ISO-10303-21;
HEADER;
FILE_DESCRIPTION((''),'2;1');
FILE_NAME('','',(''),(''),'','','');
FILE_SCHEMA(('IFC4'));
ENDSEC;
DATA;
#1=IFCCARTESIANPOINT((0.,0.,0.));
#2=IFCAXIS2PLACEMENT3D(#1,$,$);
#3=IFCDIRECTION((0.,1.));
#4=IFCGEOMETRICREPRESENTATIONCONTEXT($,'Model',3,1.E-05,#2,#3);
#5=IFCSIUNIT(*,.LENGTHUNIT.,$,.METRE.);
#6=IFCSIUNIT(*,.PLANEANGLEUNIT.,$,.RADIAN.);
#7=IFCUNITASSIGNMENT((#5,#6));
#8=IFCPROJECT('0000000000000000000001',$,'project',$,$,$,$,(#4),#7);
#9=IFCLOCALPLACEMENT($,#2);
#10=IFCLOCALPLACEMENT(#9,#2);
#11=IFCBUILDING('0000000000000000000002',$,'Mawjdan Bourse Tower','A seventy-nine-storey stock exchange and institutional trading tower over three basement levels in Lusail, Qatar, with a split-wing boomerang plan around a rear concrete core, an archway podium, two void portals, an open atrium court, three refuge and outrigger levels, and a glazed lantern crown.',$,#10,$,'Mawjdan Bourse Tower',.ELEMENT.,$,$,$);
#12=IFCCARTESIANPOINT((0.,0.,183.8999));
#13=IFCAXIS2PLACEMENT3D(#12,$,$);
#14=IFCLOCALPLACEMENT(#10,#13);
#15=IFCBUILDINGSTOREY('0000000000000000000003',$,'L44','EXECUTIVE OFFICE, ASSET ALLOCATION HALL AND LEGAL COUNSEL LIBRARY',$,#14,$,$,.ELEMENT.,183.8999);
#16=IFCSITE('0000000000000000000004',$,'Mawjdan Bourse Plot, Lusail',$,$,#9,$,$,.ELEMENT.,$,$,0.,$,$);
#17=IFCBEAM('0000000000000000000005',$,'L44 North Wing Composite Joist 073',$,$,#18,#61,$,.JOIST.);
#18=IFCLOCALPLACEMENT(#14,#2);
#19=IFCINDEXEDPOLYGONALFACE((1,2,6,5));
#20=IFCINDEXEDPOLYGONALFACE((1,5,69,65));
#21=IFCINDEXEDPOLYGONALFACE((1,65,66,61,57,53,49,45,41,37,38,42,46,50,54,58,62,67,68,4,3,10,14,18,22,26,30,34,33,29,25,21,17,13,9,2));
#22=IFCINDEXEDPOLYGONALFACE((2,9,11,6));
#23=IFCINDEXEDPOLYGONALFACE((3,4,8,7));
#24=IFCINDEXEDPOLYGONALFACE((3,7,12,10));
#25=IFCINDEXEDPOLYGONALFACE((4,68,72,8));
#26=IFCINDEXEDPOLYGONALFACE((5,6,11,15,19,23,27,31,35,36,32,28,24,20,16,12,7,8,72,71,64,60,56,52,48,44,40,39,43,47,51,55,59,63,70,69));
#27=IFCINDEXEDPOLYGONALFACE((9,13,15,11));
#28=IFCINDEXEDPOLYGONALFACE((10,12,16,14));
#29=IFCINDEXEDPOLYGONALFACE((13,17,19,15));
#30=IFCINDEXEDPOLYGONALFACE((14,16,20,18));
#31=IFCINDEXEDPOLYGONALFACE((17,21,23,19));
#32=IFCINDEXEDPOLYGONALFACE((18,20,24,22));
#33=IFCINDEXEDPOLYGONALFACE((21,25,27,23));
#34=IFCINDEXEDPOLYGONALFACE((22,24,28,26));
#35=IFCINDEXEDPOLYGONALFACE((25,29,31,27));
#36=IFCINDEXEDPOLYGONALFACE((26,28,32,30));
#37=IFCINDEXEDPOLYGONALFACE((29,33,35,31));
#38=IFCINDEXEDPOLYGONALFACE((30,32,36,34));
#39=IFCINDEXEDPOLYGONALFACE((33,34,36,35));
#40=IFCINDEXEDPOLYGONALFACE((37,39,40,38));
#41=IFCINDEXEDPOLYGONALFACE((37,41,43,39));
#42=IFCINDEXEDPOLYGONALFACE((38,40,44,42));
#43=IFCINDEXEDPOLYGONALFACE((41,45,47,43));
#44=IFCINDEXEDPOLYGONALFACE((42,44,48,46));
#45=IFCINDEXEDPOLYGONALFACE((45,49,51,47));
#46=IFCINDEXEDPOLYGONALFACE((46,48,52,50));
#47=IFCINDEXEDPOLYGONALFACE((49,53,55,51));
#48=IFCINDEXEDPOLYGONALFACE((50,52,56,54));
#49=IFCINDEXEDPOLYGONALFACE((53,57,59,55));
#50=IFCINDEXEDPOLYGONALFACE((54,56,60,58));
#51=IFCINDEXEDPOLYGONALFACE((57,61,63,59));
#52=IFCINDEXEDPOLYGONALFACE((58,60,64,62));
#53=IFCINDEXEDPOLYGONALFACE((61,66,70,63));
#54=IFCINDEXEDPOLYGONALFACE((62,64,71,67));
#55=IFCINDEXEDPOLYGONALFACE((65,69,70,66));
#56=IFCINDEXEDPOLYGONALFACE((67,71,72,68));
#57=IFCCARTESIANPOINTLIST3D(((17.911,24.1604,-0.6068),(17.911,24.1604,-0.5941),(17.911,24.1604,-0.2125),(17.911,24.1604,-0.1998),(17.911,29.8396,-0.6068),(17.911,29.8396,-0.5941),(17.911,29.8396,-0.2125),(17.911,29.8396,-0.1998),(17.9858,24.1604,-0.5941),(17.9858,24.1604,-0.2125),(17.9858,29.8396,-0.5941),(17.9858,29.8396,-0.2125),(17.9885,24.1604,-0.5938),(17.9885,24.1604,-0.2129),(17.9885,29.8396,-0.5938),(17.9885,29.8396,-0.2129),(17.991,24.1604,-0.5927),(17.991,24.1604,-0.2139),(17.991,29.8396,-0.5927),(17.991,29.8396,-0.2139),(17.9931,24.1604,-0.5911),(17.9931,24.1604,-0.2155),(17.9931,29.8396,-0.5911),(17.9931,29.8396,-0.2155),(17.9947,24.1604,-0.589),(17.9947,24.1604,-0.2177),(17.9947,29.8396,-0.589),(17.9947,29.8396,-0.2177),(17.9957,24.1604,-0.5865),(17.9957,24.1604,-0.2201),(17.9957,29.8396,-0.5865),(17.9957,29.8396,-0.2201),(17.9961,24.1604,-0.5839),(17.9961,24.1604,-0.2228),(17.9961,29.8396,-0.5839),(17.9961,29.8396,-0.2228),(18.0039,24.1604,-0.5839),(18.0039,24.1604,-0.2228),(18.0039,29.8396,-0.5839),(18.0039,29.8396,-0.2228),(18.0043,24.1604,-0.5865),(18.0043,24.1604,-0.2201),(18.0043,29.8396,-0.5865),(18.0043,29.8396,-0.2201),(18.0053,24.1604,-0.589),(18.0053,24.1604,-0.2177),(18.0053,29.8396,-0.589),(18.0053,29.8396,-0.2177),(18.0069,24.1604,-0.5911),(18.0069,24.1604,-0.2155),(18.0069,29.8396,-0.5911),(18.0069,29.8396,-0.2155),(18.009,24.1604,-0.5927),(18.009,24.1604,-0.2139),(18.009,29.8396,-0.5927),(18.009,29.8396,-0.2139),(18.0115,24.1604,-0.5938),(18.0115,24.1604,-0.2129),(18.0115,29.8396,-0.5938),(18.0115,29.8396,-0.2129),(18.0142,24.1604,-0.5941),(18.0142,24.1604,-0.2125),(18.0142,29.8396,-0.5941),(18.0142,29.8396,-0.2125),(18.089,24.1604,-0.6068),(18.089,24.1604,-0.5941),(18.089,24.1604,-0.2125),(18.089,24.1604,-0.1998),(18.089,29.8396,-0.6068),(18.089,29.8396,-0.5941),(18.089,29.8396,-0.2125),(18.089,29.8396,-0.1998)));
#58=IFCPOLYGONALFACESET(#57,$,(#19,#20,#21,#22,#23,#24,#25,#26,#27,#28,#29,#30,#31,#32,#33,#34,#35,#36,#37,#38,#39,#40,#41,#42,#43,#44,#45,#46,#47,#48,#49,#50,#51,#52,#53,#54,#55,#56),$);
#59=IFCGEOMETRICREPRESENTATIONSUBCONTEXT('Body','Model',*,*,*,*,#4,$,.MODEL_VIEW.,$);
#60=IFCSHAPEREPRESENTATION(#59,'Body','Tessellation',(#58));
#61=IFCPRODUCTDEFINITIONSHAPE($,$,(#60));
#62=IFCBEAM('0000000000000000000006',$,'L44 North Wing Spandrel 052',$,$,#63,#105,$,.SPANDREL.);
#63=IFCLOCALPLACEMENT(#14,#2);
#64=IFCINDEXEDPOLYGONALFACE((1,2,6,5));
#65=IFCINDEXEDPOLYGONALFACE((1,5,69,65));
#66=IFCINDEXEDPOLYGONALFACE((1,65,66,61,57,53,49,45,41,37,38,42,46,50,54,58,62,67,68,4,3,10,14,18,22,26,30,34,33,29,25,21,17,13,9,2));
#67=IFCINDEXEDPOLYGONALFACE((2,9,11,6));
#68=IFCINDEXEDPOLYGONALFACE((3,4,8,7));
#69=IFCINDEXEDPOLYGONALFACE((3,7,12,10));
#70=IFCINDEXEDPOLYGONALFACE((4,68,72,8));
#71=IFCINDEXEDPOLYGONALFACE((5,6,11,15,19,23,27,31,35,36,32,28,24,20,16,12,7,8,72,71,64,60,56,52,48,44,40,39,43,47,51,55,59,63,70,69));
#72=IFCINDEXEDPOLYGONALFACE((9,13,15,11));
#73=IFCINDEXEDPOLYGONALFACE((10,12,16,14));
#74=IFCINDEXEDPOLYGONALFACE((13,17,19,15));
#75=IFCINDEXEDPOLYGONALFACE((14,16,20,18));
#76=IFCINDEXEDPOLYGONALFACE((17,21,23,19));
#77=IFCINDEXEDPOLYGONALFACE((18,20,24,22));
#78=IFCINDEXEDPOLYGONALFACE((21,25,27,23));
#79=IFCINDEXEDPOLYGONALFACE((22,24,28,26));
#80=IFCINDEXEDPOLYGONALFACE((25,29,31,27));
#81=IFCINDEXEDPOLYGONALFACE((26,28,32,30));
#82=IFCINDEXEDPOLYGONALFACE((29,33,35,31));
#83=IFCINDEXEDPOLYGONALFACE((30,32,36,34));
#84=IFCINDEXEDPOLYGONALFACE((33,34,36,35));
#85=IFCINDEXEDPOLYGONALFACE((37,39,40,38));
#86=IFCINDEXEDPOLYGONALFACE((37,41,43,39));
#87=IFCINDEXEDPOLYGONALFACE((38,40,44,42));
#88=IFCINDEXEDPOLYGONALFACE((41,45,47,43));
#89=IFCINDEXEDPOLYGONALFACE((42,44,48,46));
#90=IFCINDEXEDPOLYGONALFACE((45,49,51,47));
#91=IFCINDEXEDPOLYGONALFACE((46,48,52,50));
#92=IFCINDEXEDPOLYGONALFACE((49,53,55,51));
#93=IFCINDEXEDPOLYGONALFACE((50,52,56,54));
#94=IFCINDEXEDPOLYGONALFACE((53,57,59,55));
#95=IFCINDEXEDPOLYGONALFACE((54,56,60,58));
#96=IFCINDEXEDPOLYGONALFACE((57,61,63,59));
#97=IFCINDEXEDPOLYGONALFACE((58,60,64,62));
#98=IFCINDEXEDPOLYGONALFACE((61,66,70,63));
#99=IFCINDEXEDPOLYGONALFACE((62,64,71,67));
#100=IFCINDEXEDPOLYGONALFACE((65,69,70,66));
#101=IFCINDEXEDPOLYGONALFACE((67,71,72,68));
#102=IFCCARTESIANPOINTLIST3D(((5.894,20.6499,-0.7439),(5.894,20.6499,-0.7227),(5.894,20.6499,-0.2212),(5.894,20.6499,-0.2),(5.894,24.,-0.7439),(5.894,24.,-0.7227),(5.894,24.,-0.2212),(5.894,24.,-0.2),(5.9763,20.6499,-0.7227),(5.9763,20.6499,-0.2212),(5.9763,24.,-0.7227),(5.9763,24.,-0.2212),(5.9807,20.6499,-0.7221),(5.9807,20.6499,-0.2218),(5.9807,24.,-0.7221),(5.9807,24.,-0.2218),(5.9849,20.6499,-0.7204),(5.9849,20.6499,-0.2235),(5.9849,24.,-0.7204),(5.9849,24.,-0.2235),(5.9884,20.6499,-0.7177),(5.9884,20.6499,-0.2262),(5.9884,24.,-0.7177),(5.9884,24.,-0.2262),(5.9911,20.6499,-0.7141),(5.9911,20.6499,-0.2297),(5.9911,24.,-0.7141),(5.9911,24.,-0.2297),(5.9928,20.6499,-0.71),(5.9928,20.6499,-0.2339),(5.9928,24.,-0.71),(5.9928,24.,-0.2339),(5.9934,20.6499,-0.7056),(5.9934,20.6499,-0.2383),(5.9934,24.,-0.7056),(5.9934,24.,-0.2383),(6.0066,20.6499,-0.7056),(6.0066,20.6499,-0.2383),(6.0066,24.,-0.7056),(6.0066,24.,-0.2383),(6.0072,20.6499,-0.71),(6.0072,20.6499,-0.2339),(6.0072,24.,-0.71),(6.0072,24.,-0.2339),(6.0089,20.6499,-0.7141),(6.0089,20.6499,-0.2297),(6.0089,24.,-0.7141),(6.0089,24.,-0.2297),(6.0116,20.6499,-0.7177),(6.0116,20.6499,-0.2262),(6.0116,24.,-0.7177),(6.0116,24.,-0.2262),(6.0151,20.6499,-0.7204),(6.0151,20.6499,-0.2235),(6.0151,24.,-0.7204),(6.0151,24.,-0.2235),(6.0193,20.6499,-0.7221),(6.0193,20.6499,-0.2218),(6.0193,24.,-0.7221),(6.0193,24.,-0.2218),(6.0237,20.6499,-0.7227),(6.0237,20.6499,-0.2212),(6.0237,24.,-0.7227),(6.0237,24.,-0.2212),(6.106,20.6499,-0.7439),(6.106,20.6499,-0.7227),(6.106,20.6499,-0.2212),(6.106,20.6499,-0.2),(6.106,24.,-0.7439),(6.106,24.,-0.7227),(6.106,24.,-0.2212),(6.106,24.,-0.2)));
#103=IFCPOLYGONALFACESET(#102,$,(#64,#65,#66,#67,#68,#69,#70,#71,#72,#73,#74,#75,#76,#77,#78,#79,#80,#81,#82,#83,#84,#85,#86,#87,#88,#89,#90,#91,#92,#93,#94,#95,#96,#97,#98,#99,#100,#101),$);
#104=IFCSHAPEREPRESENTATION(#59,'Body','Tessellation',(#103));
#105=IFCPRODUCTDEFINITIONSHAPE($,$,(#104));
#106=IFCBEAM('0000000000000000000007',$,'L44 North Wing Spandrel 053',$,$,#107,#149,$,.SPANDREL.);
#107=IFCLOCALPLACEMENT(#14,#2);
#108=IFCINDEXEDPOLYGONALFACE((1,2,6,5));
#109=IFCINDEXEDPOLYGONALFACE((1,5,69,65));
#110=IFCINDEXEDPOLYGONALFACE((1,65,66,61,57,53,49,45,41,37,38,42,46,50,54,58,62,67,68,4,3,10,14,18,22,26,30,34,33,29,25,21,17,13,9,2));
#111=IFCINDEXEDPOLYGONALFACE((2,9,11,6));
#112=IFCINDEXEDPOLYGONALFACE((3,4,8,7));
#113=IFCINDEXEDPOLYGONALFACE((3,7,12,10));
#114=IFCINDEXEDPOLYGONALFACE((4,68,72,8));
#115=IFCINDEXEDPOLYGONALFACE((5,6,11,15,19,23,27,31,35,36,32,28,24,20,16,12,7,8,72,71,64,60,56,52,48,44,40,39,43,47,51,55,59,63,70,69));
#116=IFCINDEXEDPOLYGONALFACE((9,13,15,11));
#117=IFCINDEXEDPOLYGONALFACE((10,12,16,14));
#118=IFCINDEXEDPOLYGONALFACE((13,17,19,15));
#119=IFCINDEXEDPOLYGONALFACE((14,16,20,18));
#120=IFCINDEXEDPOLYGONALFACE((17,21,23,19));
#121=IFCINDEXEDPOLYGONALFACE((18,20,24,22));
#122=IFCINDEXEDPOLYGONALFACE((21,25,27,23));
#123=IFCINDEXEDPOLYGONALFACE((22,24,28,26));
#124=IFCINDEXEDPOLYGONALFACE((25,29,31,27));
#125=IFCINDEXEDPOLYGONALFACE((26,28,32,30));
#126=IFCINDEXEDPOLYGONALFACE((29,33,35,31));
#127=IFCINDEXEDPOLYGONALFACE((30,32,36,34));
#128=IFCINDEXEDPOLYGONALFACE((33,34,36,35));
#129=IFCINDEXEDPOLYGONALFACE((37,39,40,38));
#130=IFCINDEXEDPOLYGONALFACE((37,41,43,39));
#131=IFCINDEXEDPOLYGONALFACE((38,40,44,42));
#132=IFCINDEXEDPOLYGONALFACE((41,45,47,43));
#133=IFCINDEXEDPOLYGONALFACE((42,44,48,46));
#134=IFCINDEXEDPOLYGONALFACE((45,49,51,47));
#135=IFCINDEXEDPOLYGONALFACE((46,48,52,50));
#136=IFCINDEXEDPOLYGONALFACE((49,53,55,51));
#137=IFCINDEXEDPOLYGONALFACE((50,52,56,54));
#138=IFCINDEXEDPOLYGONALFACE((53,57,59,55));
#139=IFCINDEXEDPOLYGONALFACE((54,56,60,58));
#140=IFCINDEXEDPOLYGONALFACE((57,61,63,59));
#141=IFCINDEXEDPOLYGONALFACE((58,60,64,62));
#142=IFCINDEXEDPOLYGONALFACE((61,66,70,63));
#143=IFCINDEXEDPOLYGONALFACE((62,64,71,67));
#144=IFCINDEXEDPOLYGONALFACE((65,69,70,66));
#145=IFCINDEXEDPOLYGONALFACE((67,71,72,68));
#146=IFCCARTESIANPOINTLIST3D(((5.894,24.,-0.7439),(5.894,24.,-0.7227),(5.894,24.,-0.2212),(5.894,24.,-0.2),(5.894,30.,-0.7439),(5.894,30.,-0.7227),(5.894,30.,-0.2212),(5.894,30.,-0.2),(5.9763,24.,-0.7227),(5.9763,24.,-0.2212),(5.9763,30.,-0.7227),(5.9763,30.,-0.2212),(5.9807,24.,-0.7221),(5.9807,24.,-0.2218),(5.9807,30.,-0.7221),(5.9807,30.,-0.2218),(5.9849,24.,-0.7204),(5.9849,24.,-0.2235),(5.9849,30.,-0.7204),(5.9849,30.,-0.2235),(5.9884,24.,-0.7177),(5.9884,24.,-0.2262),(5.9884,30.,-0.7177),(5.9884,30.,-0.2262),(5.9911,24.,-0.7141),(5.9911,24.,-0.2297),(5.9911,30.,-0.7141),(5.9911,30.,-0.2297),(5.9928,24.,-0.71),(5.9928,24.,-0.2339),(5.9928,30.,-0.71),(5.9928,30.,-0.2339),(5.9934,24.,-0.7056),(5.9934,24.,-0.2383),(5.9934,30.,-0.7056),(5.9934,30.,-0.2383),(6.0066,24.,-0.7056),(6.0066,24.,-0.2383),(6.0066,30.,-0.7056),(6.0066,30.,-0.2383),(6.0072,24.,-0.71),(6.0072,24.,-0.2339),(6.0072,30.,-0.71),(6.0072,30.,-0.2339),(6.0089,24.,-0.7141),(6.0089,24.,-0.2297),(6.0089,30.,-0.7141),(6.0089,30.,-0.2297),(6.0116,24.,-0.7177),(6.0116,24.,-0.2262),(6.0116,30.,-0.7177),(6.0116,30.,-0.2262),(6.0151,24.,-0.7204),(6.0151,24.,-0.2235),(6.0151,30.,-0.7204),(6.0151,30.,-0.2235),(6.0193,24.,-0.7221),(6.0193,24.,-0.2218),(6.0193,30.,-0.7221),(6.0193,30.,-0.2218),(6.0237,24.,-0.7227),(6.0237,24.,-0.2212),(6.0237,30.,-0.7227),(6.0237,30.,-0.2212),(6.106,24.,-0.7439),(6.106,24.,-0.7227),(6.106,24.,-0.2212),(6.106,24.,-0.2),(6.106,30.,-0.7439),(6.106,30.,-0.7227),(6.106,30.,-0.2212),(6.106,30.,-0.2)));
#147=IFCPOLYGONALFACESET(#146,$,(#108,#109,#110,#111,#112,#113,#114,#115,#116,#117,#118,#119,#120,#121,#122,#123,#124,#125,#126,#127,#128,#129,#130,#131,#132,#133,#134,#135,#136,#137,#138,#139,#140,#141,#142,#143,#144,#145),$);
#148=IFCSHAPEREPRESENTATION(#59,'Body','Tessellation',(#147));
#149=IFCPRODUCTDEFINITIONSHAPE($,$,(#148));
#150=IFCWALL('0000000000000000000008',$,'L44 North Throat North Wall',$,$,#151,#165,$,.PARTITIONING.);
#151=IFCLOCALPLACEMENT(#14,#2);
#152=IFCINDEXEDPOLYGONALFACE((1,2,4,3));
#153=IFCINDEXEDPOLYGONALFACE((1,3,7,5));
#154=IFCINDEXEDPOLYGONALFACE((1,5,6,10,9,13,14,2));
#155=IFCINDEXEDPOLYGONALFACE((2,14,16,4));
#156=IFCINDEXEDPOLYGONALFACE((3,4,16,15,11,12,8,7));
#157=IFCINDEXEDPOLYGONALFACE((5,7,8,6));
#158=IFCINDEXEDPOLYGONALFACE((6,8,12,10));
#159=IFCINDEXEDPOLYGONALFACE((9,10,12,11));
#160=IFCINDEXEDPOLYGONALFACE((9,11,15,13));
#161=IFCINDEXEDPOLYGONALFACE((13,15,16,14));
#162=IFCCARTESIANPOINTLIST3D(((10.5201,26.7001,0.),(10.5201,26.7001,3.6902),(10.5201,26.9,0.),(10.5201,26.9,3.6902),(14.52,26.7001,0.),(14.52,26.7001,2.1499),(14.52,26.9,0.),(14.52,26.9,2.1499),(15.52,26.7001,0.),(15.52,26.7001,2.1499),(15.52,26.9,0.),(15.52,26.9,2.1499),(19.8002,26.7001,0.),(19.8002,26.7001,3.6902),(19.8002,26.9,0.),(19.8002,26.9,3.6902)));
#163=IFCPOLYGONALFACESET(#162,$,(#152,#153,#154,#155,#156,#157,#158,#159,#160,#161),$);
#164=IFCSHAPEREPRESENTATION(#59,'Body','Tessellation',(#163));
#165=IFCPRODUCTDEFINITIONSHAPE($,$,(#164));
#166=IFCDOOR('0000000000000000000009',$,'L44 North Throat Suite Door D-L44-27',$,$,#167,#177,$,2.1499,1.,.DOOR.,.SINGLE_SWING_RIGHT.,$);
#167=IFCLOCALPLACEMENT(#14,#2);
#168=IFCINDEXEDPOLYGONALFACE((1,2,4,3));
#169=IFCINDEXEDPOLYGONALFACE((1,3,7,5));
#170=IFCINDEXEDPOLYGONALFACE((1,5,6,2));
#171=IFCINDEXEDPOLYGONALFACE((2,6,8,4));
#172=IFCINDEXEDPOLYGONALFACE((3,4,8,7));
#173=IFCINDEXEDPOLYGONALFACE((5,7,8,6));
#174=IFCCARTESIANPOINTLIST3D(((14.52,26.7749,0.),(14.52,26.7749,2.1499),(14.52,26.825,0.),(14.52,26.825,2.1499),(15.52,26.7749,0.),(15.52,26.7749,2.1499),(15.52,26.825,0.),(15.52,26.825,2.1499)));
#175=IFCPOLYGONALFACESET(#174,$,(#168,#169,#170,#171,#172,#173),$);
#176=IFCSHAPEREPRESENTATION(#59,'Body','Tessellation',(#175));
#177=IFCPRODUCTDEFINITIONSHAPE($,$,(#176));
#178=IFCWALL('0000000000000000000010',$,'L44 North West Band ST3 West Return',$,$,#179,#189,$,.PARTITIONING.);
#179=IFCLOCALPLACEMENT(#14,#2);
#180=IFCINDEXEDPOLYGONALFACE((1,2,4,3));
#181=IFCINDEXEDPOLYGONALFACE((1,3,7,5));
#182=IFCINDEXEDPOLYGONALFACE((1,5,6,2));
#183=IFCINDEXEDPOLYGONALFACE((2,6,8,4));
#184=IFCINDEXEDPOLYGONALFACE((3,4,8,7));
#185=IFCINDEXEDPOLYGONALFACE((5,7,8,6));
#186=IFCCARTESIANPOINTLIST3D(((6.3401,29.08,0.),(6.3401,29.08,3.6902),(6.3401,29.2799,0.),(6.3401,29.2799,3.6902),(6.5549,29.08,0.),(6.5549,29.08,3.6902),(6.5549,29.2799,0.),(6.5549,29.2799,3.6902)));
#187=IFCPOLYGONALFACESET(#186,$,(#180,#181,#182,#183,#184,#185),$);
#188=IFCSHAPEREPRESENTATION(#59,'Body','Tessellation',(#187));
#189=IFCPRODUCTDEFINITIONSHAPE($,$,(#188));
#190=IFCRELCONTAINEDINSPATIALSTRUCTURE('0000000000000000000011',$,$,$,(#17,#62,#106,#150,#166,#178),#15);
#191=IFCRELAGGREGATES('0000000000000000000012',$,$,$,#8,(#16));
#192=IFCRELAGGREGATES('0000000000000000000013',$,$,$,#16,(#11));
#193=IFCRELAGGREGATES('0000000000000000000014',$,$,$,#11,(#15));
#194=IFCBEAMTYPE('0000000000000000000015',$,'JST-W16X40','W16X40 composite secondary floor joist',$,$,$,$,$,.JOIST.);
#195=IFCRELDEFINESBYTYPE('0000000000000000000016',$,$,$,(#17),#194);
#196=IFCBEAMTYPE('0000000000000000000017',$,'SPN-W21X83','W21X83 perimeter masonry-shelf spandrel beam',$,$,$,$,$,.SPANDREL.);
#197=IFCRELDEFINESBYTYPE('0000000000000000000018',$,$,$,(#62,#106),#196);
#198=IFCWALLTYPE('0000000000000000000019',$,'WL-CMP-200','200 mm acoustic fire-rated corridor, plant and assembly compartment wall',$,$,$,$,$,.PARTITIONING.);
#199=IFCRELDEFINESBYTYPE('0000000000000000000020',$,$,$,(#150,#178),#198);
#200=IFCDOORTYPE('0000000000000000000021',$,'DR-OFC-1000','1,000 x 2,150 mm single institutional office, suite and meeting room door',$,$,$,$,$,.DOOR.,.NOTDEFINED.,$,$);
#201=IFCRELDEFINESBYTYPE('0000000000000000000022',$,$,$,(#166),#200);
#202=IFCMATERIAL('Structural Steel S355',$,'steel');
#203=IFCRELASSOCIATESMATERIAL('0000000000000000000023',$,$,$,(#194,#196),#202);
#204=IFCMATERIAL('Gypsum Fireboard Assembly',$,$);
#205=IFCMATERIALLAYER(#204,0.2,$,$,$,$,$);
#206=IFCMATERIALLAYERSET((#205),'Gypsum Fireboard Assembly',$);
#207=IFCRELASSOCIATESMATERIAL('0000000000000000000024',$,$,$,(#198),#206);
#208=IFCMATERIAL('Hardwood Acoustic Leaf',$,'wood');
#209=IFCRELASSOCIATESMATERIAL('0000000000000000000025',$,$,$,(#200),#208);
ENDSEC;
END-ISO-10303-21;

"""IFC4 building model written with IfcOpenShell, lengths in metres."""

from ifc_helpers import new_model, si_unit, direction, frame, frame_2d, origin, origin_2d, place, context, subcontext, project, spatial, rectangle, i_section, extrude, material, layer, layer_set, material_profile, profile_set, type_object, element, fill, save


model = new_model("IFC4")

# Units and contexts
model_context = context("Model", 3, precision=1e-05, world=origin(), true_north=direction((0.0, 1.0)))
body_context = subcontext(model_context, "Body", "Model", "MODEL_VIEW")
ifc_project = project(units=[si_unit("LENGTHUNIT", "METRE"), si_unit("PLANEANGLEUNIT", "RADIAN")], contexts=[model_context])

# Site, building, storey
site_placement = place(None, origin())
site = spatial("IfcSite", under=ifc_project, at=site_placement, Name="Mawjdan Bourse Plot, Lusail", CompositionType="ELEMENT", RefElevation=0.0)
building_placement = place(site_placement, origin())
building = spatial("IfcBuilding", under=site, at=building_placement, Name="Mawjdan Bourse Tower", Description="A seventy-nine-storey stock exchange and institutional trading tower over three basement levels in Lusail, Qatar, with a split-wing boomerang plan around a rear concrete core, an archway podium, two void portals, an open atrium court, three refuge and outrigger levels, and a glazed lantern crown.", LongName="Mawjdan Bourse Tower", CompositionType="ELEMENT")
storey_placement = place(building_placement, frame((0.0, 0.0, 183.8999)))
storey = spatial("IfcBuildingStorey", under=building, at=storey_placement, Name="L44", Description="EXECUTIVE OFFICE, ASSET ALLOCATION HALL AND LEGAL COUNSEL LIBRARY", CompositionType="ELEMENT", Elevation=183.8999)

# Beams
ifc_material_1 = material(Name="Structural Steel S355", Category="steel")
ifc_material_profile_1 = material_profile(ifc_material_1, i_section(OverallWidth=0.178, OverallDepth=0.407, WebThickness=0.0078, FlangeThickness=0.0127, FilletRadius=0.0103, at=origin_2d()), Name="W16X40")
ifc_profile_set_1 = profile_set([ifc_material_profile_1], Name="Structural Steel S355")
beam_type_1 = type_object("IfcBeamType", Name="JST-W16X40", Description="W16X40 composite secondary floor joist", PredefinedType="JOIST", material=ifc_profile_set_1)
beam_1_placement = place(storey_placement, frame((18.0, 24.1604, -0.4033), z_axis=(0.0, 1.0, 0.0), x_axis=(-1.0, 0.0, 0.0)))
element("IfcBeam", 1, at=beam_1_placement, inside=storey, type_object=beam_type_1, Name="L44 North Wing Composite Joist 073", PredefinedType="JOIST", context=body_context, shape_type="SweptSolid", body=[
    extrude(i_section(OverallWidth=0.178, OverallDepth=0.407, WebThickness=0.0078, FlangeThickness=0.0127, FilletRadius=0.0103, at=origin_2d()), origin(), (0.0, 0.0, 1.0), 5.6792),
])
ifc_material_profile_2 = material_profile(ifc_material_1, i_section(OverallWidth=0.2119, OverallDepth=0.5439, WebThickness=0.0132, FlangeThickness=0.0212, FilletRadius=0.0171, at=origin_2d()), Name="W21X83")
ifc_profile_set_2 = profile_set([ifc_material_profile_2], Name="Structural Steel S355")
beam_type_2 = type_object("IfcBeamType", Name="SPN-W21X83", Description="W21X83 perimeter masonry-shelf spandrel beam", PredefinedType="SPANDREL", material=ifc_profile_set_2)
beam_2_placement = place(storey_placement, frame((6.0, 20.6499, -0.4719), z_axis=(0.0, 1.0, 0.0), x_axis=(-1.0, 0.0, 0.0)))
element("IfcBeam", 2, at=beam_2_placement, inside=storey, type_object=beam_type_2, Name="L44 North Wing Spandrel 052", PredefinedType="SPANDREL", context=body_context, shape_type="SweptSolid", body=[
    extrude(i_section(OverallWidth=0.2119, OverallDepth=0.5439, WebThickness=0.0132, FlangeThickness=0.0212, FilletRadius=0.0171, at=origin_2d()), origin(), (0.0, 0.0, 1.0), 3.3501),
])
beam_3_placement = place(storey_placement, frame((6.0, 24.0, -0.4719), z_axis=(0.0, 1.0, 0.0), x_axis=(-1.0, 0.0, 0.0)))
element("IfcBeam", 3, at=beam_3_placement, inside=storey, type_object=beam_type_2, Name="L44 North Wing Spandrel 053", PredefinedType="SPANDREL", context=body_context, shape_type="SweptSolid", body=[
    extrude(i_section(OverallWidth=0.2119, OverallDepth=0.5439, WebThickness=0.0132, FlangeThickness=0.0212, FilletRadius=0.0171, at=origin_2d()), origin(), (0.0, 0.0, 1.0), 6.0),
])

# Wall, opening, door
ifc_material_2 = material(Name="Gypsum Fireboard Assembly")
ifc_layer_1 = layer(ifc_material_2, 0.2)
ifc_layer_set_1 = layer_set([ifc_layer_1], Name="Gypsum Fireboard Assembly")
wall_type_1 = type_object("IfcWallType", Name="WL-CMP-200", Description="200 mm acoustic fire-rated corridor, plant and assembly compartment wall", PredefinedType="PARTITIONING", material=ifc_layer_set_1)
wall_1_placement = place(storey_placement, frame((10.52, 26.8, 0.0), z_axis=(0.0, 0.0, 1.0), x_axis=(1.0, 0.0, 0.0)))
wall_1 = element("IfcWall", 4, at=wall_1_placement, inside=storey, type_object=wall_type_1, Name="L44 North Throat North Wall", PredefinedType="PARTITIONING", context=body_context, shape_type="SweptSolid", body=[
    extrude(rectangle(XDim=9.28, YDim=0.2, at=frame_2d((4.6401, 0.0))), origin(), (0.0, 0.0, 1.0), 3.6902),
])
opening_1_placement = place(wall_1_placement, frame((4.0, 0.0, 0.0)))
opening_1 = element("IfcOpeningElement", 5, at=opening_1_placement, cuts=wall_1, PredefinedType="OPENING", context=body_context, shape_type="SweptSolid", body=[
    extrude(rectangle(XDim=1.0, YDim=2.1499, at=frame_2d((0.5, 1.075))), frame((0.0, 0.1099, 0.0), z_axis=(0.0, -1.0, 0.0), x_axis=(1.0, 0.0, 0.0)), (0.0, 0.0, 1.0), 0.22),
])
ifc_material_3 = material(Name="Hardwood Acoustic Leaf", Category="wood")
door_type_1 = type_object("IfcDoorType", Name="DR-OFC-1000", Description="1,000 x 2,150 mm single institutional office, suite and meeting room door", OperationType="NOTDEFINED", PredefinedType="DOOR", material=ifc_material_3)
door_1_placement = place(opening_1_placement, origin())
door_1 = element("IfcDoor", 6, at=door_1_placement, inside=storey, type_object=door_type_1, Name="L44 North Throat Suite Door D-L44-27", OperationType="SINGLE_SWING_RIGHT", OverallHeight=2.1499, OverallWidth=1.0, PredefinedType="DOOR", context=body_context, shape_type="SweptSolid", body=[
    extrude(rectangle(XDim=1.0, YDim=2.1499, at=frame_2d((0.5, 1.075))), frame((0.0, 0.0249, 0.0), z_axis=(0.0, -1.0, 0.0), x_axis=(1.0, 0.0, 0.0)), (0.0, 0.0, 1.0), 0.05),
])
fill(opening_1, door_1)

# Wall
wall_2_placement = place(storey_placement, frame((6.3401, 29.1799, 0.0), z_axis=(0.0, 0.0, 1.0), x_axis=(1.0, 0.0, 0.0)))
element("IfcWall", 7, at=wall_2_placement, inside=storey, type_object=wall_type_1, Name="L44 North West Band ST3 West Return", PredefinedType="PARTITIONING", context=body_context, shape_type="SweptSolid", body=[
    extrude(rectangle(XDim=0.2148, YDim=0.2, at=frame_2d((0.1074, 0.0))), origin(), (0.0, 0.0, 1.0), 3.6902),
])

save(model, "model.ifc")
